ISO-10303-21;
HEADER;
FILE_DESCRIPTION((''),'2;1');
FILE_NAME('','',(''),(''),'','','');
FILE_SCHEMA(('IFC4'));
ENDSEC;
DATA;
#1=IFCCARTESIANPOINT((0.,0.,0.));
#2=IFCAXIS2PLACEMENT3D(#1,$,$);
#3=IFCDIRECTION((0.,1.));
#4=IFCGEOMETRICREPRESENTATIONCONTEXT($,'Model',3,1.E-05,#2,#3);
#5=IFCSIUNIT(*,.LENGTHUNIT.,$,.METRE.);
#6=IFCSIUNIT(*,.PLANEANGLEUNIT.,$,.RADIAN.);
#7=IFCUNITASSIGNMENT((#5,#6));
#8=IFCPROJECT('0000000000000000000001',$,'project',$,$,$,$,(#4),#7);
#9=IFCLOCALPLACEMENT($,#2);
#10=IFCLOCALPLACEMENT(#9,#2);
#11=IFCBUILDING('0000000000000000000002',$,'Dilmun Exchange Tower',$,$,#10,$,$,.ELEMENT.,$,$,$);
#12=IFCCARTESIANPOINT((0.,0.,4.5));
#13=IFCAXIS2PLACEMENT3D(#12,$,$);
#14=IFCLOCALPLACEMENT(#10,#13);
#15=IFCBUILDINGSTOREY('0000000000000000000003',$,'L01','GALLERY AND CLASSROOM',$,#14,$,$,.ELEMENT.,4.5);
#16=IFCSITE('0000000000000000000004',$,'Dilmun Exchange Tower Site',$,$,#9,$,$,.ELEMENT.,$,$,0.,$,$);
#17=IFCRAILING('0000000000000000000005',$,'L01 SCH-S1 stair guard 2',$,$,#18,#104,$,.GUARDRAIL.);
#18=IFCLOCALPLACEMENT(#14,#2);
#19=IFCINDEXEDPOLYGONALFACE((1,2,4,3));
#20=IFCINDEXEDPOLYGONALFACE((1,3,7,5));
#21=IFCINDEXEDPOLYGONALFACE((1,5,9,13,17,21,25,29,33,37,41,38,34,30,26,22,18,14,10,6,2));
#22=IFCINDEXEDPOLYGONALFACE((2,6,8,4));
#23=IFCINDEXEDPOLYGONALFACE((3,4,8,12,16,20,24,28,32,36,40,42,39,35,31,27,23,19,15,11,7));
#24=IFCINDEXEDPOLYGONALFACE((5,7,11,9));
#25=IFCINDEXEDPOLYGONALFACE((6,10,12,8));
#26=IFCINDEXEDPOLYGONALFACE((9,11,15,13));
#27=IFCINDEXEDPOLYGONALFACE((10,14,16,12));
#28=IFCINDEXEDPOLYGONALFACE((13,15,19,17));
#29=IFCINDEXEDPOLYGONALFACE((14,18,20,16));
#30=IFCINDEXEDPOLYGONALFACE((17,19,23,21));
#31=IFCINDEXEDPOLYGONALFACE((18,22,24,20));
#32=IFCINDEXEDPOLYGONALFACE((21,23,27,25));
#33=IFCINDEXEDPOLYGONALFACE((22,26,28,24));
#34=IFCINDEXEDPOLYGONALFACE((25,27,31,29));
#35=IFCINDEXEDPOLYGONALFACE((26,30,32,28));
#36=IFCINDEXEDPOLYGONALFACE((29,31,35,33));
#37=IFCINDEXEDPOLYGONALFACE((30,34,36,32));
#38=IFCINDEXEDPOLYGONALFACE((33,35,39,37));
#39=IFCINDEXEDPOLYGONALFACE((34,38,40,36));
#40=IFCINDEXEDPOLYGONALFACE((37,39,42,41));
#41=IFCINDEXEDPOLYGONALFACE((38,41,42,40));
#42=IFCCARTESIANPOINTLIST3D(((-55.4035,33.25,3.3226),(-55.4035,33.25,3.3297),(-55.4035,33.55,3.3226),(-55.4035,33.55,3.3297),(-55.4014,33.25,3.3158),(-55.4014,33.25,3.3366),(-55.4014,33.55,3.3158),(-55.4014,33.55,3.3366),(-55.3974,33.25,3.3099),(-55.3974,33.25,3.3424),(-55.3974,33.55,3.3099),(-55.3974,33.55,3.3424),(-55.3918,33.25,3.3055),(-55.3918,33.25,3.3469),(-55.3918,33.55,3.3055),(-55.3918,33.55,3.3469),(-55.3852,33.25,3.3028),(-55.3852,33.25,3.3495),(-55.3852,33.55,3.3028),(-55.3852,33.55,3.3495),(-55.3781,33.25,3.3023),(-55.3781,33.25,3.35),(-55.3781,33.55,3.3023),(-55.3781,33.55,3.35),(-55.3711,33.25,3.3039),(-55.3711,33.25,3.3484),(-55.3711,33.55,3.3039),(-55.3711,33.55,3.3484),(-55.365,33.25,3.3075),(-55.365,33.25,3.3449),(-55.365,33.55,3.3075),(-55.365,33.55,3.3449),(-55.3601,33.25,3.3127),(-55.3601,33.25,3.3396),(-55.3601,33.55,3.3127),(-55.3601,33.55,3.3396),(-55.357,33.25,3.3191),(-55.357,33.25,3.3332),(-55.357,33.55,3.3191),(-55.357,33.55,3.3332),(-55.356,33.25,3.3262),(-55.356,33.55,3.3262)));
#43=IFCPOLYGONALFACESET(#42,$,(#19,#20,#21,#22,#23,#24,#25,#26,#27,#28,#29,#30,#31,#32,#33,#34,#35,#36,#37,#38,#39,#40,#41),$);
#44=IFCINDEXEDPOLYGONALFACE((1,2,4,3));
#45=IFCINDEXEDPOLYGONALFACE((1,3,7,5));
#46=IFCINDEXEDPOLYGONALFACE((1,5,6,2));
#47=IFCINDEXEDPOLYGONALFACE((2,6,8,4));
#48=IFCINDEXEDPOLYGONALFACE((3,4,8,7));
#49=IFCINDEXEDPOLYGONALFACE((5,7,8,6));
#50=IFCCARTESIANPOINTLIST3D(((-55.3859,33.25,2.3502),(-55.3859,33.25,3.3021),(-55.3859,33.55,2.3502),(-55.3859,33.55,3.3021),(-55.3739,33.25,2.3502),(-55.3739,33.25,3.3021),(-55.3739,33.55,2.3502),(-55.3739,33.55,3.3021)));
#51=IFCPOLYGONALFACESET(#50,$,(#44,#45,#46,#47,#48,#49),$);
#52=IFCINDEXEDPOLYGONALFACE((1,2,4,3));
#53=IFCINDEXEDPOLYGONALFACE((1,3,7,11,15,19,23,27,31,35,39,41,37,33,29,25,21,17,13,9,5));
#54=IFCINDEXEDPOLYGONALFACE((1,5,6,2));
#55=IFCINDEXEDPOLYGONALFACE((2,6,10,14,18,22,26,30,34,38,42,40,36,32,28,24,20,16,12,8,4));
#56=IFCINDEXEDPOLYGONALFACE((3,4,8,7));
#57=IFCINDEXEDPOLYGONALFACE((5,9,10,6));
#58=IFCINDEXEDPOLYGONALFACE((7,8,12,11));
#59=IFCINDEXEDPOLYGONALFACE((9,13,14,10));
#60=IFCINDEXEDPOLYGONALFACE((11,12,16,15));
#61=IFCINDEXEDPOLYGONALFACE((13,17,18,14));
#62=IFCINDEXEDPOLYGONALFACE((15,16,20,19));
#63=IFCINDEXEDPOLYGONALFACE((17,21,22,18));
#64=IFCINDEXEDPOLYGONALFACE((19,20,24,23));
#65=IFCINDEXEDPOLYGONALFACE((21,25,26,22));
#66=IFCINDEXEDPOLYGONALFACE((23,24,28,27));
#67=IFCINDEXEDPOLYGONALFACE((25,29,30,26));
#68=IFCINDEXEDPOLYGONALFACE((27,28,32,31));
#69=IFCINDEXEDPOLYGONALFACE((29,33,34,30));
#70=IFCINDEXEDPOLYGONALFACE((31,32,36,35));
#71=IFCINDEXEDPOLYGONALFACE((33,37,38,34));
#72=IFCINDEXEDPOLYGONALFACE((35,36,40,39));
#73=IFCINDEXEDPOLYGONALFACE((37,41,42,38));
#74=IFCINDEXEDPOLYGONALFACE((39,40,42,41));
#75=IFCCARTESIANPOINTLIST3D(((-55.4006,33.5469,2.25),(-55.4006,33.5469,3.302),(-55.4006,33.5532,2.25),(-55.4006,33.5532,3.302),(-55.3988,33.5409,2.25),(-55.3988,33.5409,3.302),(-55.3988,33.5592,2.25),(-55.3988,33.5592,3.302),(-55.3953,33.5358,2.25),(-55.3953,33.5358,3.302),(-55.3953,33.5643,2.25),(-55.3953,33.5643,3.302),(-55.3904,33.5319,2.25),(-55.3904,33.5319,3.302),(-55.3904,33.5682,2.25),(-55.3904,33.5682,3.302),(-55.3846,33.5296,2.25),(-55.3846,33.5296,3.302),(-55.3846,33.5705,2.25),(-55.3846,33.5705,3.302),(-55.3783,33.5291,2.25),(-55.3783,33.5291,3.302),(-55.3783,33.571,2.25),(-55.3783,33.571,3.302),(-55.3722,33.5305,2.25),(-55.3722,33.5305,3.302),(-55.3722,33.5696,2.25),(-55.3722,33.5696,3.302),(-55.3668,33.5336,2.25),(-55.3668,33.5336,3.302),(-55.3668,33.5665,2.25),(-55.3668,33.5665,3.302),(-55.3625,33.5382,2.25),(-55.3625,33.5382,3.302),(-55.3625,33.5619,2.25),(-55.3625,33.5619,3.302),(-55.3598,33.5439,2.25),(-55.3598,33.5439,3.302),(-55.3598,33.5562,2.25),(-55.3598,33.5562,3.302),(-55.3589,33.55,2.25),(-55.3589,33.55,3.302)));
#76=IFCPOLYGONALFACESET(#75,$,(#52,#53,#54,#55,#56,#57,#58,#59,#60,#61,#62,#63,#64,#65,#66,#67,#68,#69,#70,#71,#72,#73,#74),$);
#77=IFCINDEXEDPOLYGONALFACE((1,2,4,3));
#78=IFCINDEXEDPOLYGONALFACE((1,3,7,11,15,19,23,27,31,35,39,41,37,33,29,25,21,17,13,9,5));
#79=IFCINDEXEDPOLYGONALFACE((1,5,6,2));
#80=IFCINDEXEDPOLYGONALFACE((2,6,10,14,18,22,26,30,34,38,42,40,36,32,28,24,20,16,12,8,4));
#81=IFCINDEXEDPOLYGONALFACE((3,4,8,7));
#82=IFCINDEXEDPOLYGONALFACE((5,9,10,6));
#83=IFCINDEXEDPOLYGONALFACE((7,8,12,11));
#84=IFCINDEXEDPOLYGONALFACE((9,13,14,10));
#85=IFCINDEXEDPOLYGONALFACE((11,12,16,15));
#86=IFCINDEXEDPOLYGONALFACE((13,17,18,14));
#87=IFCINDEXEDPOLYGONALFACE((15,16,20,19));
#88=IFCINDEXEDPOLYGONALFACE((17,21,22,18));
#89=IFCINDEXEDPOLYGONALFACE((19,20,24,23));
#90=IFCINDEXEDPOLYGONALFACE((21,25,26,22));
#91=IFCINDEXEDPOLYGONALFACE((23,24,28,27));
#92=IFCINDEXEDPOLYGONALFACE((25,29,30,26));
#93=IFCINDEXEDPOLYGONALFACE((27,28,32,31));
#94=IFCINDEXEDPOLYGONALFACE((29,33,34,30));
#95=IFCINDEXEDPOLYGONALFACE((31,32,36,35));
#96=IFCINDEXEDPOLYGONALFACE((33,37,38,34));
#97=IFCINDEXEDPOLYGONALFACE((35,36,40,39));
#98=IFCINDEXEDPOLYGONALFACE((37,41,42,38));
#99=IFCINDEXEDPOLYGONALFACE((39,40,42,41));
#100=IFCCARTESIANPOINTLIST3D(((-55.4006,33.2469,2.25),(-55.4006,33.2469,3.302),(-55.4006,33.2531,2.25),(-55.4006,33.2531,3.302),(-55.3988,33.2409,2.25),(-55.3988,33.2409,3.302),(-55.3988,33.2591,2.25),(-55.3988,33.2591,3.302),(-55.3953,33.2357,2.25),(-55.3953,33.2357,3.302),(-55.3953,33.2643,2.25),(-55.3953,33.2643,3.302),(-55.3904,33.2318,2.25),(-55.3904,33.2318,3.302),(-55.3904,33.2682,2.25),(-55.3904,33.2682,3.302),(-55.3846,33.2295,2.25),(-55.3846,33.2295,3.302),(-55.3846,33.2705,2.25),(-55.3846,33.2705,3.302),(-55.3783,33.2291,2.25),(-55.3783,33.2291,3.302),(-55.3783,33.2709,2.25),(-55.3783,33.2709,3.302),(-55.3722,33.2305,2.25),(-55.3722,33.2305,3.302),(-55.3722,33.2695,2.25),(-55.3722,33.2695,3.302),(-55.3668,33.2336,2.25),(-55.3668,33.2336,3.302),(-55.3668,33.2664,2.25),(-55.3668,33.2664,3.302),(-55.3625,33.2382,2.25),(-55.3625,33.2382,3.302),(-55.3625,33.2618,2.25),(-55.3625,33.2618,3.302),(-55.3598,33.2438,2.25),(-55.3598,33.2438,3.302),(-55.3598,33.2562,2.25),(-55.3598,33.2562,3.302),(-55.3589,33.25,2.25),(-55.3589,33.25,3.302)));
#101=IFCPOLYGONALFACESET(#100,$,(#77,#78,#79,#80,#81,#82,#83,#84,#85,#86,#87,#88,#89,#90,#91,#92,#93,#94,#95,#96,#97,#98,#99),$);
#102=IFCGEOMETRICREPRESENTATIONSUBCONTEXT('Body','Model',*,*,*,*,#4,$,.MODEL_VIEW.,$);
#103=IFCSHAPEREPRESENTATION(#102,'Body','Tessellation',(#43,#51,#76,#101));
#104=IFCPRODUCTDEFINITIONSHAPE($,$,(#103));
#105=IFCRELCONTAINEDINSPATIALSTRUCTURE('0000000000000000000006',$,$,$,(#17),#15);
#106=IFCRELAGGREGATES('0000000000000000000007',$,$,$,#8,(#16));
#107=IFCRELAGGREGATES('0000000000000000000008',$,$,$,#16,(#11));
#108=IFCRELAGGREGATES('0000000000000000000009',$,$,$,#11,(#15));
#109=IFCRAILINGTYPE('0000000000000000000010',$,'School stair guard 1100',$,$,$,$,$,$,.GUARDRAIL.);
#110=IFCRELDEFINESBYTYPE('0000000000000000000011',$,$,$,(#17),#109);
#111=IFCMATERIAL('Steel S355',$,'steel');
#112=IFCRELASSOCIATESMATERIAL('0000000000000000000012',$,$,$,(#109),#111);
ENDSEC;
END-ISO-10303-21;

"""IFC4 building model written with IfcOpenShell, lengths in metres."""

from ifc_helpers import new_model, si_unit, direction, frame, origin, origin_2d, place, context, subcontext, project, spatial, rectangle, circle, extrude, material, type_object, element, save


model = new_model("IFC4")

# Units and contexts
model_context = context("Model", 3, precision=1e-05, world=origin(), true_north=direction((0.0, 1.0)))
body_context = subcontext(model_context, "Body", "Model", "MODEL_VIEW")
ifc_project = project(units=[si_unit("LENGTHUNIT", "METRE"), si_unit("PLANEANGLEUNIT", "RADIAN")], contexts=[model_context])

# Site, building, storey
site_placement = place(None, origin())
site = spatial("IfcSite", under=ifc_project, at=site_placement, Name="Dilmun Exchange Tower Site", CompositionType="ELEMENT", RefElevation=0.0)
building_placement = place(site_placement, origin())
building = spatial("IfcBuilding", under=site, at=building_placement, Name="Dilmun Exchange Tower", CompositionType="ELEMENT")
storey_placement = place(building_placement, frame((0.0, 0.0, 4.5)))
storey = spatial("IfcBuildingStorey", under=building, at=storey_placement, Name="L01", Description="GALLERY AND CLASSROOM", CompositionType="ELEMENT", Elevation=4.5)

# Railing
ifc_material_1 = material(Name="Steel S355", Category="steel")
railing_type_1 = type_object("IfcRailingType", Name="School stair guard 1100", PredefinedType="GUARDRAIL", material=ifc_material_1)
railing_1_placement = place(storey_placement, frame((-55.3799, 33.55, 2.25)))
element("IfcRailing", 1, at=railing_1_placement, inside=storey, type_object=railing_type_1, Name="L01 SCH-S1 stair guard 2", PredefinedType="GUARDRAIL", context=body_context, shape_type="SweptSolid", body=[
    extrude(circle(Radius=0.0239, at=origin_2d()), frame((0.0, 0.0, 1.0762), z_axis=(0.0, -1.0, 0.0), x_axis=(1.0, 0.0, 0.0)), (0.0, 0.0, 1.0), 0.3),
    extrude(rectangle(XDim=0.012, YDim=0.9519, at=origin_2d()), frame((0.0, 0.0, 0.5762), z_axis=(0.0, -1.0, 0.0), x_axis=(1.0, 0.0, 0.0)), (0.0, 0.0, 1.0), 0.3),
    extrude(circle(Radius=0.021, at=origin_2d()), origin(), (0.0, 0.0, 1.0), 1.052),
    extrude(circle(Radius=0.021, at=origin_2d()), frame((0.0, -0.3, 0.0)), (0.0, 0.0, 1.0), 1.052),
])

save(model, "model.ifc")
